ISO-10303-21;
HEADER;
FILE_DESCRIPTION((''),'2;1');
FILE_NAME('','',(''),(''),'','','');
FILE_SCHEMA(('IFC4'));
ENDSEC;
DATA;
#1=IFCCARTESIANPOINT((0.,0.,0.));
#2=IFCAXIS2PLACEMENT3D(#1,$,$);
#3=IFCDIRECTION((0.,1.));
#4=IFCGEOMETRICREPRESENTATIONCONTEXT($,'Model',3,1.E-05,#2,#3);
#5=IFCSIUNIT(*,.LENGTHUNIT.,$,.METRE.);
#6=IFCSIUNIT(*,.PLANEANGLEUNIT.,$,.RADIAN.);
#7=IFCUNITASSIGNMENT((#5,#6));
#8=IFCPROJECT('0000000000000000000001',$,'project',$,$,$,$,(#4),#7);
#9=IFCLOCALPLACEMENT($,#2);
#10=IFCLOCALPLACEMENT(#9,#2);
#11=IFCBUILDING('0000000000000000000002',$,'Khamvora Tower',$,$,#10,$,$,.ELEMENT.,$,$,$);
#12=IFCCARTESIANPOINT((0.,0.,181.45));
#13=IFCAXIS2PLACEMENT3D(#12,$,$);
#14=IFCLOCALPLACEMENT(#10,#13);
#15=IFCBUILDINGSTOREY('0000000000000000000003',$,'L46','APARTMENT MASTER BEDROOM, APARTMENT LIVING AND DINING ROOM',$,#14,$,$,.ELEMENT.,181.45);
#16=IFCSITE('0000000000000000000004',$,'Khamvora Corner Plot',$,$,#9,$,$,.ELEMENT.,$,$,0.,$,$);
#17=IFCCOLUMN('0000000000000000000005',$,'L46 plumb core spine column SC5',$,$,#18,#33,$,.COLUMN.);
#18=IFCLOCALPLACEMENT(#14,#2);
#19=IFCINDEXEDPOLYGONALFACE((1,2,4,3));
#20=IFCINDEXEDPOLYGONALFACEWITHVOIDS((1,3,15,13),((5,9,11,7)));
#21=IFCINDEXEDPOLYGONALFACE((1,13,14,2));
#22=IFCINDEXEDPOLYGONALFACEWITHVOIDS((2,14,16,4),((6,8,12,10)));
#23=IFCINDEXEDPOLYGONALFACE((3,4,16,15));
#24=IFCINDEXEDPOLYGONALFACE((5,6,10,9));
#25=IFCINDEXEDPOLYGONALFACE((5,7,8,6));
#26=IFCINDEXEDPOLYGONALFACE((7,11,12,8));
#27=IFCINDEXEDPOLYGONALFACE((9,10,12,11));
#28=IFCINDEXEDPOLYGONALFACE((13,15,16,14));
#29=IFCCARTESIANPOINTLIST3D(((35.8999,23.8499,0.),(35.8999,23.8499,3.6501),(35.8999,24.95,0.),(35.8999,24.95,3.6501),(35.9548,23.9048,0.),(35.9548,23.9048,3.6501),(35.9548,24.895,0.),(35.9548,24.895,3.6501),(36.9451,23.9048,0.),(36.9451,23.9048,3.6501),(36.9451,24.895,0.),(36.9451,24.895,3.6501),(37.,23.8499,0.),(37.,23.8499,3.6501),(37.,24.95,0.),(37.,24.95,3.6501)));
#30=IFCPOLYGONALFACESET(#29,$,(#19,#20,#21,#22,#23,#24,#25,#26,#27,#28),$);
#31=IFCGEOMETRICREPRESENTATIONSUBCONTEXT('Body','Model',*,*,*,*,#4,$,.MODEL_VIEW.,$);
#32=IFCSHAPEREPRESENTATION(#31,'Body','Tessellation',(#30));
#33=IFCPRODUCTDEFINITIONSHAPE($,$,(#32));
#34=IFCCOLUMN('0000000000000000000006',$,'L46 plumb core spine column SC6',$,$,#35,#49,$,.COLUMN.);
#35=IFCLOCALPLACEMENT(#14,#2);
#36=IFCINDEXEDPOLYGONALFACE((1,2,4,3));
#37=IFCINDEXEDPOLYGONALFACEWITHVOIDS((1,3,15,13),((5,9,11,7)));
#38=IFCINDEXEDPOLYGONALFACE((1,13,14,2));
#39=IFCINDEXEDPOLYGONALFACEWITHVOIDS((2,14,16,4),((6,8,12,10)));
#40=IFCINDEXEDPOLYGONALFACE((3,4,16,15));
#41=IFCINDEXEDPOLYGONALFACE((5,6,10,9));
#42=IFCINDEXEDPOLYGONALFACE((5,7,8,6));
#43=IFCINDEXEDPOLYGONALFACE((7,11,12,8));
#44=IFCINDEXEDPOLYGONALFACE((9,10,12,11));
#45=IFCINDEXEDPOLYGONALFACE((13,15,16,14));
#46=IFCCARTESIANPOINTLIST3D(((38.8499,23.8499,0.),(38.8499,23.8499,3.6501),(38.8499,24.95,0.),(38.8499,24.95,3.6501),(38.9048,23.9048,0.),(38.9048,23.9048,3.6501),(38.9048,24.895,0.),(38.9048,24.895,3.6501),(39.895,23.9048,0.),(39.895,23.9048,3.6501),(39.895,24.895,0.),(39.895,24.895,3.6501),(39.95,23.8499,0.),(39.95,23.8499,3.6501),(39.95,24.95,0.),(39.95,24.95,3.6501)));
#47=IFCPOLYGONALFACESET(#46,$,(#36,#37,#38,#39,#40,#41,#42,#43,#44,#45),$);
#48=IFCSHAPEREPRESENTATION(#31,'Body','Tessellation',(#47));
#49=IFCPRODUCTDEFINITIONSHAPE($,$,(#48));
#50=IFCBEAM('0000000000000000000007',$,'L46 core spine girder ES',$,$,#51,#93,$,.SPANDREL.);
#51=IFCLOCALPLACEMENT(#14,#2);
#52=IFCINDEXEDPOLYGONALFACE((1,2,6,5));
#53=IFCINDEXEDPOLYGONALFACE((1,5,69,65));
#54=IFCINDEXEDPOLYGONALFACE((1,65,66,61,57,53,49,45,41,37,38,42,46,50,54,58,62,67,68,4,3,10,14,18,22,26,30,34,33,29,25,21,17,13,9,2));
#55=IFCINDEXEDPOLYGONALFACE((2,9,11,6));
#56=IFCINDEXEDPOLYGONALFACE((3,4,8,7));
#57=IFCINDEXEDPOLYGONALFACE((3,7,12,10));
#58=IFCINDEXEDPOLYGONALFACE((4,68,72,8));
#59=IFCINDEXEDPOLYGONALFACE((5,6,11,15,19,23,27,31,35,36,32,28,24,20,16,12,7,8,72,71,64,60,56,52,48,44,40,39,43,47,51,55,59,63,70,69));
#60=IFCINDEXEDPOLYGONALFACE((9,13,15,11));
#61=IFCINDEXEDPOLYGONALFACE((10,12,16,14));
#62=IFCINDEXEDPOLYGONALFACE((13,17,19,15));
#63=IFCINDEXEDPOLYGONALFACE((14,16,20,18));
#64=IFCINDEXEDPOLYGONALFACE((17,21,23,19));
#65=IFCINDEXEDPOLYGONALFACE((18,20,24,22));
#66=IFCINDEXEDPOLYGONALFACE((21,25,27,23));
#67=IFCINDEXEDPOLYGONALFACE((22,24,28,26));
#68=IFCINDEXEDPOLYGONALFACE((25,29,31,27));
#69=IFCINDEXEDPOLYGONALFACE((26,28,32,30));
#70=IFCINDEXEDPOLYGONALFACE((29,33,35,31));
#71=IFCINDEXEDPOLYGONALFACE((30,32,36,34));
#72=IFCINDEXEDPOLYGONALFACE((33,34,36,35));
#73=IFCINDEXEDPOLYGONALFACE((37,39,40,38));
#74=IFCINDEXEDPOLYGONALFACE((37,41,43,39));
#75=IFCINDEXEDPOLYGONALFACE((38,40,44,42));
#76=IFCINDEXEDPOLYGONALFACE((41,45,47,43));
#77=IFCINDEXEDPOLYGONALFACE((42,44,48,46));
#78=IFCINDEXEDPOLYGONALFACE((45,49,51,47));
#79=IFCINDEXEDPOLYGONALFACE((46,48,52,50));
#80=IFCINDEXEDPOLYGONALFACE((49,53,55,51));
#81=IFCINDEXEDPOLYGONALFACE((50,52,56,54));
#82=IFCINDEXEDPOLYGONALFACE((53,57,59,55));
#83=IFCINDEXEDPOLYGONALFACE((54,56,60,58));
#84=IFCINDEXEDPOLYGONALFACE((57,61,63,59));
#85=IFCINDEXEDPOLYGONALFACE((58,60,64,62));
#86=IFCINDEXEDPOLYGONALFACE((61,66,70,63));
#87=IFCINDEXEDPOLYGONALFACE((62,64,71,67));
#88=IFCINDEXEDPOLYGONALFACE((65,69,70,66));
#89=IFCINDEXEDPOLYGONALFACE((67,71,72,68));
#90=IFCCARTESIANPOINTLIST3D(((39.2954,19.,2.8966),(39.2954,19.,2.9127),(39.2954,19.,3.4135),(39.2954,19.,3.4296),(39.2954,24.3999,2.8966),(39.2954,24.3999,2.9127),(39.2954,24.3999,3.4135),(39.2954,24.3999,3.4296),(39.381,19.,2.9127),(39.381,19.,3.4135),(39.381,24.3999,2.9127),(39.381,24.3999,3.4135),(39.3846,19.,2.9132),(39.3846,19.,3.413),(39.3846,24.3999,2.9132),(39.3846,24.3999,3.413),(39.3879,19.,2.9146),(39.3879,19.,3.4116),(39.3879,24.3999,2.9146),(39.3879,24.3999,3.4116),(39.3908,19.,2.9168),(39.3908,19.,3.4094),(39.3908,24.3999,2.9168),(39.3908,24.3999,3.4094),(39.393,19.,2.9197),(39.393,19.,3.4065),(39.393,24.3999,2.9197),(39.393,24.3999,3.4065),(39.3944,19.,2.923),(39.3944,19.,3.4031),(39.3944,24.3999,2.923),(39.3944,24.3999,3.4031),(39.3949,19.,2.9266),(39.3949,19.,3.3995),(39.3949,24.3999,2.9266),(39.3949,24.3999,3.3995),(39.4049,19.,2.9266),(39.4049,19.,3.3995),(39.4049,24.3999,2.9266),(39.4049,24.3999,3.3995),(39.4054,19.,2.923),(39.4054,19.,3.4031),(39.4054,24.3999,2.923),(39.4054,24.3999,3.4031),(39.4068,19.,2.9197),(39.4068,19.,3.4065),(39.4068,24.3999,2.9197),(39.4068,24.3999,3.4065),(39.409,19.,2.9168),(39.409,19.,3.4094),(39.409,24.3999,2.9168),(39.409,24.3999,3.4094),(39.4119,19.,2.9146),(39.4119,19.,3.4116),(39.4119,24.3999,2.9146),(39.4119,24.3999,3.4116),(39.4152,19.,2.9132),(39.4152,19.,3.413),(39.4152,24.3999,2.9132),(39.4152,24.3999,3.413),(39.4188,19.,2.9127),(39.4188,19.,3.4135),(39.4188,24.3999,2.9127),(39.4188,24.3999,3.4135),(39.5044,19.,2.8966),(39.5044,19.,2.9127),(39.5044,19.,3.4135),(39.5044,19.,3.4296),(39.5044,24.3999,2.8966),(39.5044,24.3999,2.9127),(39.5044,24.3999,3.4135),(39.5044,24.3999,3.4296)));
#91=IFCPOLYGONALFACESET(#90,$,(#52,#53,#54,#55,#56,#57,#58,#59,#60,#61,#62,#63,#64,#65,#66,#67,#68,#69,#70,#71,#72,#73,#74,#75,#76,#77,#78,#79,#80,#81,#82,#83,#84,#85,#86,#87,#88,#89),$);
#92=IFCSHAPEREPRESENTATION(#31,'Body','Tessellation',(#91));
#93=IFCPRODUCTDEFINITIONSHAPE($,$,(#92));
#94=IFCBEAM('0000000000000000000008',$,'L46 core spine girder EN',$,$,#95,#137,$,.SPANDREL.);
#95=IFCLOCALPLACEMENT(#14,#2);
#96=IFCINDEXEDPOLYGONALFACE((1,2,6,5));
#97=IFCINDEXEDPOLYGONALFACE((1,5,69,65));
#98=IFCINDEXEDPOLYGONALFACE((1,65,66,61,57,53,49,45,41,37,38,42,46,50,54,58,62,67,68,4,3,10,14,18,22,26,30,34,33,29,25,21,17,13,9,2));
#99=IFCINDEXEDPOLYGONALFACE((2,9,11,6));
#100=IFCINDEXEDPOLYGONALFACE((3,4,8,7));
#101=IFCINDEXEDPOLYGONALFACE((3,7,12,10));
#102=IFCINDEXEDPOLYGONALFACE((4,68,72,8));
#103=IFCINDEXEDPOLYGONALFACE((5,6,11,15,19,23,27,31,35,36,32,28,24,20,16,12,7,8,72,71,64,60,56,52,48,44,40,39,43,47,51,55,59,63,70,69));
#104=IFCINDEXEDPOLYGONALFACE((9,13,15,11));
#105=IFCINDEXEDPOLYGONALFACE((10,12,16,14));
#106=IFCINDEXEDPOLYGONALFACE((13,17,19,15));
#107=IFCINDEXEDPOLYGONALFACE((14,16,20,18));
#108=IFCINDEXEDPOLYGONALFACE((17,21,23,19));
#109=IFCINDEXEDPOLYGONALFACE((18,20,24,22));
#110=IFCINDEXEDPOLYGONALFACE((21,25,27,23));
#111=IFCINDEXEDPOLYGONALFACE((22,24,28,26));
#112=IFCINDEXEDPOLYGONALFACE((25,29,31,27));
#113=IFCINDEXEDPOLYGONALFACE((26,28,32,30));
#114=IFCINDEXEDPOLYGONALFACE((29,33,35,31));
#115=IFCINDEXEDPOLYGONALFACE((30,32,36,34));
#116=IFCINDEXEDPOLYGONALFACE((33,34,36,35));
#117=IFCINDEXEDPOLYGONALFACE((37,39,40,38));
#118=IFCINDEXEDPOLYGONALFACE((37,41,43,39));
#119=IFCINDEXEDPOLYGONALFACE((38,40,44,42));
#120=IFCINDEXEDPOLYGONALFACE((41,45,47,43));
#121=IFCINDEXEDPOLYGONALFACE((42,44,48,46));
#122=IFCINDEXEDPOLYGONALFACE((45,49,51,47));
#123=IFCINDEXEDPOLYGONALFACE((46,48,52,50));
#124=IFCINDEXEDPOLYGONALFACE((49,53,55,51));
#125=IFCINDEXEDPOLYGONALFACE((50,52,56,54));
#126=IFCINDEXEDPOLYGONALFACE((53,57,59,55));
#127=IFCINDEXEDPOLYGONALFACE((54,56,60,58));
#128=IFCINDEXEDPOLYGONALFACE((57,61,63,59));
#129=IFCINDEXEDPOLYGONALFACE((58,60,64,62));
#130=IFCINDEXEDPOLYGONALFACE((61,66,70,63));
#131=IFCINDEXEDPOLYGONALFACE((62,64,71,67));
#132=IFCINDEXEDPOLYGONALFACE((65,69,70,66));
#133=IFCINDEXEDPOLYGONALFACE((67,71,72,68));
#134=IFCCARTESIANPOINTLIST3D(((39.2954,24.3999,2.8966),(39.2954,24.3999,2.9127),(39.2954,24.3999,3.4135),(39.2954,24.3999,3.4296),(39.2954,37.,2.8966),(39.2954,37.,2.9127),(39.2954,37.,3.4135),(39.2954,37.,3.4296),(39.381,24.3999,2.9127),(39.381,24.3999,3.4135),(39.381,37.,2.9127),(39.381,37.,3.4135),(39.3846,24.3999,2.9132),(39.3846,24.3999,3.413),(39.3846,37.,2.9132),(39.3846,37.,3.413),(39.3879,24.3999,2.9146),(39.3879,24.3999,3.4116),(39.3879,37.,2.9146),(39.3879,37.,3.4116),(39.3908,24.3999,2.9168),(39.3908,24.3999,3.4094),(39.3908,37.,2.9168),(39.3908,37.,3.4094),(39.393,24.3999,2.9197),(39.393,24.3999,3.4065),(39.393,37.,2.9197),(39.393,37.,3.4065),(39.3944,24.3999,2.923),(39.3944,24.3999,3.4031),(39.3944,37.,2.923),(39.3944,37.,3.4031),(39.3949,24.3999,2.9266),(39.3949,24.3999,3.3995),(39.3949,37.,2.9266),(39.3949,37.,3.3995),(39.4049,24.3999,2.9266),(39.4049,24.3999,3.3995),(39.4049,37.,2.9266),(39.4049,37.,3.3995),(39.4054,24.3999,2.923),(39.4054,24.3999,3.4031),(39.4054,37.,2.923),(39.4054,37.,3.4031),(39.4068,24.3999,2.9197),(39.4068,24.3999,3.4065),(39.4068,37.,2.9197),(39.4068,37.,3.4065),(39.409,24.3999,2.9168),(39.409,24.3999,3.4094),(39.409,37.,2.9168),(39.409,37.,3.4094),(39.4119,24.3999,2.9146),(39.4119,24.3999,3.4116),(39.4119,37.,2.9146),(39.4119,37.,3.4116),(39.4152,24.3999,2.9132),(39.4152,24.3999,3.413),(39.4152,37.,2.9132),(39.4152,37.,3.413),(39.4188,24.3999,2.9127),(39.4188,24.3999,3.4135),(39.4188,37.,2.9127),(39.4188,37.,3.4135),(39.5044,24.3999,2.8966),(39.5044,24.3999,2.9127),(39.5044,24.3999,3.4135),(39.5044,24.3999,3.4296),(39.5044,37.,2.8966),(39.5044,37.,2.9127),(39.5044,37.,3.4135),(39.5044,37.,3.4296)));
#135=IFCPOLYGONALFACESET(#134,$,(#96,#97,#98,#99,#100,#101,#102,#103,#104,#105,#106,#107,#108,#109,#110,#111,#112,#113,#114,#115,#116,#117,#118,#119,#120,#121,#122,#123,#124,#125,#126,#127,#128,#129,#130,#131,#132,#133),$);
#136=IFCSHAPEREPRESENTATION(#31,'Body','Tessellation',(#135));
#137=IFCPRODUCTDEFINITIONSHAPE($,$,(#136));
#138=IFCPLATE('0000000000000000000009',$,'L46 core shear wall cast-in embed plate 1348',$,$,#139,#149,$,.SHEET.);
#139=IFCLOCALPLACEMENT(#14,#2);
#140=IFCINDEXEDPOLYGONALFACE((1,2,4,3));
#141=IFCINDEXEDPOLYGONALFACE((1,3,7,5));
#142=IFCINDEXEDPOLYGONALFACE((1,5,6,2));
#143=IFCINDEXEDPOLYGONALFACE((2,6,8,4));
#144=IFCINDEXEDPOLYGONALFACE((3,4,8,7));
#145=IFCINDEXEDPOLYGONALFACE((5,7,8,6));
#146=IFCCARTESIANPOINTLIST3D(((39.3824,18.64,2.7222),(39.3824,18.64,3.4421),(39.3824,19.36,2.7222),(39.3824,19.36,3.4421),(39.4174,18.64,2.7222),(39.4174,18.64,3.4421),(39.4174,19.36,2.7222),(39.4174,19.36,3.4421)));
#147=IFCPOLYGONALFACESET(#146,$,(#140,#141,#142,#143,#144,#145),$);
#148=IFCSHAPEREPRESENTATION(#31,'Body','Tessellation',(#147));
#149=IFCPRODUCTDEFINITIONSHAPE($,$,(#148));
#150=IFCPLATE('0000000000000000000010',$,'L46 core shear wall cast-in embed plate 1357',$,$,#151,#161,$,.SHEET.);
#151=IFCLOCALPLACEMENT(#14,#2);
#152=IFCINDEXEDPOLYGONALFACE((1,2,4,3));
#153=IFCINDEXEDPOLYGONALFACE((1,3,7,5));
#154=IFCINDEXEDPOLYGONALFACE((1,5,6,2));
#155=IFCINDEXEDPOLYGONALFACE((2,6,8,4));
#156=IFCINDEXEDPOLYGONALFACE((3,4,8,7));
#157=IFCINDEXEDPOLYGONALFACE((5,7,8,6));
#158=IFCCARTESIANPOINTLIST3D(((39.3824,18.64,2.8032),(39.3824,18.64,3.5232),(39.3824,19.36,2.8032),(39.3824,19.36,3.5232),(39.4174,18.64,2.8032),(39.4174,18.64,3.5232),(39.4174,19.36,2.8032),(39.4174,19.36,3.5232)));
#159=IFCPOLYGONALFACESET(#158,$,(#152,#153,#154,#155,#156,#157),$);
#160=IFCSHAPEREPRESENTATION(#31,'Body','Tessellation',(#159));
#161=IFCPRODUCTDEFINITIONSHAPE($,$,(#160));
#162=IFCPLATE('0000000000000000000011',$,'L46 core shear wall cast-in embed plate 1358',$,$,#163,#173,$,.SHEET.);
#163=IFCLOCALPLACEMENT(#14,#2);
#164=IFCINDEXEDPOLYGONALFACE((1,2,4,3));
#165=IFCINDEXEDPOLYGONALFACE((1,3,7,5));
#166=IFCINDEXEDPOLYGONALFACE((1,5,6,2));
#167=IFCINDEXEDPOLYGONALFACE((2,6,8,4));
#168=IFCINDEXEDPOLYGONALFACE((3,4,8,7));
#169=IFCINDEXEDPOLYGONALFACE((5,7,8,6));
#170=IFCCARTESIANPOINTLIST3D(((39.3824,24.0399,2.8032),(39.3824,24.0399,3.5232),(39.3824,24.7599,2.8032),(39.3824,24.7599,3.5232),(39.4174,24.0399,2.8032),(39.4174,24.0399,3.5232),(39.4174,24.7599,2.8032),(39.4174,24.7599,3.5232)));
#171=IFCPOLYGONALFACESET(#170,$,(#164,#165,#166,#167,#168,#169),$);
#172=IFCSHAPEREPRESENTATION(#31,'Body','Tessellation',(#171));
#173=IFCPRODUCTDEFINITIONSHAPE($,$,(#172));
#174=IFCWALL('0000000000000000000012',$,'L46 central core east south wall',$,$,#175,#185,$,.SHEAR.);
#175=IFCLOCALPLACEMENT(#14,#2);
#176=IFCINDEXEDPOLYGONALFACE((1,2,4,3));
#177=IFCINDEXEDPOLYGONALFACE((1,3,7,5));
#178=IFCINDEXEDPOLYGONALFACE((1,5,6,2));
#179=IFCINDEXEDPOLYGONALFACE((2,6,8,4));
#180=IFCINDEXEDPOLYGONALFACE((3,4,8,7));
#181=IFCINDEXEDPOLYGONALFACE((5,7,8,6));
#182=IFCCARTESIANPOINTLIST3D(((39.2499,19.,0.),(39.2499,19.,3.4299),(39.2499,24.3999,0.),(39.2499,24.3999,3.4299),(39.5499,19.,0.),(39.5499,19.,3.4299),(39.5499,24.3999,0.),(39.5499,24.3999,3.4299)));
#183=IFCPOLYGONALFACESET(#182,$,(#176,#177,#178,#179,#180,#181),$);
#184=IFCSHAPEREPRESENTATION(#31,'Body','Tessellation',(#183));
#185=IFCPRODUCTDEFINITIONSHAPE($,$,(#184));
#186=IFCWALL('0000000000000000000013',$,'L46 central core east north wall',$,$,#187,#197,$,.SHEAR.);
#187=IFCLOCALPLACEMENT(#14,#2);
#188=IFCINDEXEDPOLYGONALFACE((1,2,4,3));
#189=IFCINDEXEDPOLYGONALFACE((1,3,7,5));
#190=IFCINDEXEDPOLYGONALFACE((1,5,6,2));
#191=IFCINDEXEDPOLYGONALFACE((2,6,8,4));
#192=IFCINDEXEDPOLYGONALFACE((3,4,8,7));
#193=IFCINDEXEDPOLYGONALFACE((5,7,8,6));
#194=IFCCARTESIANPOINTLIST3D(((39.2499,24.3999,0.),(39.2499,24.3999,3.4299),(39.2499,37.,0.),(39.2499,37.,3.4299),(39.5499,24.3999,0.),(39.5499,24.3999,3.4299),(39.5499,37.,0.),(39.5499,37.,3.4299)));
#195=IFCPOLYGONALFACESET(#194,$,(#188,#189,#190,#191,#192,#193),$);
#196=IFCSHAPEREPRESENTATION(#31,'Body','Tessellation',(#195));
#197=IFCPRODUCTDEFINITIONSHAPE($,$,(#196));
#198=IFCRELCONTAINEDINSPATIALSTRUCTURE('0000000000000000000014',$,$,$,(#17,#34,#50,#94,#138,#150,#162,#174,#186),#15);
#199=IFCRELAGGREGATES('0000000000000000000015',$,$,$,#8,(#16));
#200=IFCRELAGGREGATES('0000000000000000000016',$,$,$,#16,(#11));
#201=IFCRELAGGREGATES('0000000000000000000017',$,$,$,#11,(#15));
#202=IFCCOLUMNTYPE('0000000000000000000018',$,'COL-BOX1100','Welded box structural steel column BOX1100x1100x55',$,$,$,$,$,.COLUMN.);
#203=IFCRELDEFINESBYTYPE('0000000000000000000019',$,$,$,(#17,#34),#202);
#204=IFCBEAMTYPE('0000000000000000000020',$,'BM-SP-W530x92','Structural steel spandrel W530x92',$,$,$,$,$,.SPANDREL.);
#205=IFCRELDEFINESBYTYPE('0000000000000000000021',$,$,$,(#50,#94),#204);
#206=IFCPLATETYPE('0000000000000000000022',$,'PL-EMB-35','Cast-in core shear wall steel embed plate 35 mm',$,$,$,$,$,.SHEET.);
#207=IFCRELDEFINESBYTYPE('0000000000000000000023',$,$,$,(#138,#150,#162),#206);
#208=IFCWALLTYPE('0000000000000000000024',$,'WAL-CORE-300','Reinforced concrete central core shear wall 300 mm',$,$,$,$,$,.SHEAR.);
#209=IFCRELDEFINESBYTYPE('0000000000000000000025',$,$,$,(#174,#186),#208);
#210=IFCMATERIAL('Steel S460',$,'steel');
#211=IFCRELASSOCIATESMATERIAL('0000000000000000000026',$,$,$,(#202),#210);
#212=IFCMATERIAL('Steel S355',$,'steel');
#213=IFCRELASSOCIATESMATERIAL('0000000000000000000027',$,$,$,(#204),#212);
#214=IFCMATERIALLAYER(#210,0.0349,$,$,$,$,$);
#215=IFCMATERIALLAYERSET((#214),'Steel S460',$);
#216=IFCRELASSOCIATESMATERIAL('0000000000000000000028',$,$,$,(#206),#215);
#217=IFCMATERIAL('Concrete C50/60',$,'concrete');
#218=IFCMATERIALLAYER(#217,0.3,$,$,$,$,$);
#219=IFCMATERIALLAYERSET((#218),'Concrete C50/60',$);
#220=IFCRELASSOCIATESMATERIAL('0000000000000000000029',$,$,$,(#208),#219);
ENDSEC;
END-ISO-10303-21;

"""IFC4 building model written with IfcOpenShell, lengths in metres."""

from ifc_helpers import new_model, si_unit, direction, frame, frame_2d, origin, origin_2d, place, context, subcontext, project, spatial, rectangle, hollow_rectangle, i_section, extrude, material, layer, layer_set, material_profile, profile_set, type_object, element, save


model = new_model("IFC4")

# Units and contexts
model_context = context("Model", 3, precision=1e-05, world=origin(), true_north=direction((0.0, 1.0)))
body_context = subcontext(model_context, "Body", "Model", "MODEL_VIEW")
ifc_project = project(units=[si_unit("LENGTHUNIT", "METRE"), si_unit("PLANEANGLEUNIT", "RADIAN")], contexts=[model_context])

# Site, building, storey
site_placement = place(None, origin())
site = spatial("IfcSite", under=ifc_project, at=site_placement, Name="Khamvora Corner Plot", CompositionType="ELEMENT", RefElevation=0.0)
building_placement = place(site_placement, origin())
building = spatial("IfcBuilding", under=site, at=building_placement, Name="Khamvora Tower", CompositionType="ELEMENT")
storey_placement = place(building_placement, frame((0.0, 0.0, 181.45)))
storey = spatial("IfcBuildingStorey", under=building, at=storey_placement, Name="L46", Description="APARTMENT MASTER BEDROOM, APARTMENT LIVING AND DINING ROOM", CompositionType="ELEMENT", Elevation=181.45)

# Columns
ifc_material_1 = material(Name="Steel S460", Category="steel")
ifc_material_profile_1 = material_profile(ifc_material_1, hollow_rectangle(XDim=1.1001, YDim=1.1001, WallThickness=0.0549, at=origin_2d()), Name="BOX1100x1100x55")
ifc_profile_set_1 = profile_set([ifc_material_profile_1], Name="Steel S460")
column_type = type_object("IfcColumnType", Name="COL-BOX1100", Description="Welded box structural steel column BOX1100x1100x55", PredefinedType="COLUMN", material=ifc_profile_set_1)
for number, where, z_axis, x_axis, name in (
    (1, (36.45, 24.3999, 0.0), (0.0, 0.0, 1.0), (1.0, 0.0, 0.0), "L46 plumb core spine column SC5"),
    (2, (39.3999, 24.3999, 0.0), (0.0, 0.0, 1.0), (1.0, 0.0, 0.0), "L46 plumb core spine column SC6"),
):
    element("IfcColumn", number, at=place(storey_placement, frame(where, z_axis=z_axis, x_axis=x_axis)), inside=storey, type_object=column_type, Name=name, PredefinedType="COLUMN", context=body_context, shape_type="SweptSolid", body=[
        extrude(hollow_rectangle(XDim=1.1001, YDim=1.1001, WallThickness=0.0549, at=origin_2d()), origin(), (0.0, 0.0, 1.0), 3.6501),
    ])

# Beams
ifc_material_2 = material(Name="Steel S355", Category="steel")
ifc_material_profile_2 = material_profile(ifc_material_2, i_section(OverallWidth=0.209, OverallDepth=0.533, WebThickness=0.01, FlangeThickness=0.0161, FilletRadius=0.0139, at=origin_2d()), Name="W530x92")
ifc_profile_set_2 = profile_set([ifc_material_profile_2], Name="Steel S355")
beam_type = type_object("IfcBeamType", Name="BM-SP-W530x92", Description="Structural steel spandrel W530x92", PredefinedType="SPANDREL", material=ifc_profile_set_2)
beam_1_placement = place(storey_placement, frame((39.3999, 19.0, 3.1631), z_axis=(0.0, 1.0, 0.0), x_axis=(-1.0, 0.0, 0.0)))
element("IfcBeam", 3, at=beam_1_placement, inside=storey, type_object=beam_type, Name="L46 core spine girder ES", PredefinedType="SPANDREL", context=body_context, shape_type="SweptSolid", body=[
    extrude(i_section(OverallWidth=0.209, OverallDepth=0.533, WebThickness=0.01, FlangeThickness=0.0161, FilletRadius=0.0139, at=origin_2d()), origin(), (0.0, 0.0, 1.0), 5.3999),
])
beam_2_placement = place(storey_placement, frame((39.3999, 24.3999, 3.1631), z_axis=(0.0, 1.0, 0.0), x_axis=(-1.0, 0.0, 0.0)))
element("IfcBeam", 4, at=beam_2_placement, inside=storey, type_object=beam_type, Name="L46 core spine girder EN", PredefinedType="SPANDREL", context=body_context, shape_type="SweptSolid", body=[
    extrude(i_section(OverallWidth=0.209, OverallDepth=0.533, WebThickness=0.01, FlangeThickness=0.0161, FilletRadius=0.0139, at=origin_2d()), origin(), (0.0, 0.0, 1.0), 12.6001),
])

# Plates
ifc_layer_1 = layer(ifc_material_1, 0.0349)
ifc_layer_set_1 = layer_set([ifc_layer_1], Name="Steel S460")
plate_type = type_object("IfcPlateType", Name="PL-EMB-35", Description="Cast-in core shear wall steel embed plate 35 mm", PredefinedType="SHEET", material=ifc_layer_set_1)
for number, where, z_axis, x_axis, name in (
    (5, (39.3999, 19.0, 2.7222), (0.0, 0.0, 1.0), (1.0, 0.0, 0.0), "L46 core shear wall cast-in embed plate 1348"),
    (6, (39.3999, 19.0, 2.8032), (0.0, 0.0, 1.0), (1.0, 0.0, 0.0), "L46 core shear wall cast-in embed plate 1357"),
    (7, (39.3999, 24.3999, 2.8032), (0.0, 0.0, 1.0), (1.0, 0.0, 0.0), "L46 core shear wall cast-in embed plate 1358"),
):
    element("IfcPlate", number, at=place(storey_placement, frame(where, z_axis=z_axis, x_axis=x_axis)), inside=storey, type_object=plate_type, Name=name, PredefinedType="SHEET", context=body_context, shape_type="SweptSolid", body=[
        extrude(rectangle(XDim=0.0349, YDim=0.72, at=origin_2d()), origin(), (0.0, 0.0, 1.0), 0.72),
    ])

# Walls
ifc_material_3 = material(Name="Concrete C50/60", Category="concrete")
ifc_layer_2 = layer(ifc_material_3, 0.3)
ifc_layer_set_2 = layer_set([ifc_layer_2], Name="Concrete C50/60")
wall_type_1 = type_object("IfcWallType", Name="WAL-CORE-300", Description="Reinforced concrete central core shear wall 300 mm", PredefinedType="SHEAR", material=ifc_layer_set_2)
wall_1_placement = place(storey_placement, frame((39.3999, 19.0, 0.0), z_axis=(0.0, 0.0, 1.0), x_axis=(0.0, 1.0, 0.0)))
element("IfcWall", 8, at=wall_1_placement, inside=storey, type_object=wall_type_1, Name="L46 central core east south wall", PredefinedType="SHEAR", context=body_context, shape_type="SweptSolid", body=[
    extrude(rectangle(XDim=5.3999, YDim=0.3, at=frame_2d((2.7, 0.0))), origin(), (0.0, 0.0, 1.0), 3.4299),
])
wall_2_placement = place(storey_placement, frame((39.3999, 24.3999, 0.0), z_axis=(0.0, 0.0, 1.0), x_axis=(0.0, 1.0, 0.0)))
element("IfcWall", 9, at=wall_2_placement, inside=storey, type_object=wall_type_1, Name="L46 central core east north wall", PredefinedType="SHEAR", context=body_context, shape_type="SweptSolid", body=[
    extrude(rectangle(XDim=12.6001, YDim=0.3, at=frame_2d((6.3, 0.0))), origin(), (0.0, 0.0, 1.0), 3.4299),
])

save(model, "model.ifc")
